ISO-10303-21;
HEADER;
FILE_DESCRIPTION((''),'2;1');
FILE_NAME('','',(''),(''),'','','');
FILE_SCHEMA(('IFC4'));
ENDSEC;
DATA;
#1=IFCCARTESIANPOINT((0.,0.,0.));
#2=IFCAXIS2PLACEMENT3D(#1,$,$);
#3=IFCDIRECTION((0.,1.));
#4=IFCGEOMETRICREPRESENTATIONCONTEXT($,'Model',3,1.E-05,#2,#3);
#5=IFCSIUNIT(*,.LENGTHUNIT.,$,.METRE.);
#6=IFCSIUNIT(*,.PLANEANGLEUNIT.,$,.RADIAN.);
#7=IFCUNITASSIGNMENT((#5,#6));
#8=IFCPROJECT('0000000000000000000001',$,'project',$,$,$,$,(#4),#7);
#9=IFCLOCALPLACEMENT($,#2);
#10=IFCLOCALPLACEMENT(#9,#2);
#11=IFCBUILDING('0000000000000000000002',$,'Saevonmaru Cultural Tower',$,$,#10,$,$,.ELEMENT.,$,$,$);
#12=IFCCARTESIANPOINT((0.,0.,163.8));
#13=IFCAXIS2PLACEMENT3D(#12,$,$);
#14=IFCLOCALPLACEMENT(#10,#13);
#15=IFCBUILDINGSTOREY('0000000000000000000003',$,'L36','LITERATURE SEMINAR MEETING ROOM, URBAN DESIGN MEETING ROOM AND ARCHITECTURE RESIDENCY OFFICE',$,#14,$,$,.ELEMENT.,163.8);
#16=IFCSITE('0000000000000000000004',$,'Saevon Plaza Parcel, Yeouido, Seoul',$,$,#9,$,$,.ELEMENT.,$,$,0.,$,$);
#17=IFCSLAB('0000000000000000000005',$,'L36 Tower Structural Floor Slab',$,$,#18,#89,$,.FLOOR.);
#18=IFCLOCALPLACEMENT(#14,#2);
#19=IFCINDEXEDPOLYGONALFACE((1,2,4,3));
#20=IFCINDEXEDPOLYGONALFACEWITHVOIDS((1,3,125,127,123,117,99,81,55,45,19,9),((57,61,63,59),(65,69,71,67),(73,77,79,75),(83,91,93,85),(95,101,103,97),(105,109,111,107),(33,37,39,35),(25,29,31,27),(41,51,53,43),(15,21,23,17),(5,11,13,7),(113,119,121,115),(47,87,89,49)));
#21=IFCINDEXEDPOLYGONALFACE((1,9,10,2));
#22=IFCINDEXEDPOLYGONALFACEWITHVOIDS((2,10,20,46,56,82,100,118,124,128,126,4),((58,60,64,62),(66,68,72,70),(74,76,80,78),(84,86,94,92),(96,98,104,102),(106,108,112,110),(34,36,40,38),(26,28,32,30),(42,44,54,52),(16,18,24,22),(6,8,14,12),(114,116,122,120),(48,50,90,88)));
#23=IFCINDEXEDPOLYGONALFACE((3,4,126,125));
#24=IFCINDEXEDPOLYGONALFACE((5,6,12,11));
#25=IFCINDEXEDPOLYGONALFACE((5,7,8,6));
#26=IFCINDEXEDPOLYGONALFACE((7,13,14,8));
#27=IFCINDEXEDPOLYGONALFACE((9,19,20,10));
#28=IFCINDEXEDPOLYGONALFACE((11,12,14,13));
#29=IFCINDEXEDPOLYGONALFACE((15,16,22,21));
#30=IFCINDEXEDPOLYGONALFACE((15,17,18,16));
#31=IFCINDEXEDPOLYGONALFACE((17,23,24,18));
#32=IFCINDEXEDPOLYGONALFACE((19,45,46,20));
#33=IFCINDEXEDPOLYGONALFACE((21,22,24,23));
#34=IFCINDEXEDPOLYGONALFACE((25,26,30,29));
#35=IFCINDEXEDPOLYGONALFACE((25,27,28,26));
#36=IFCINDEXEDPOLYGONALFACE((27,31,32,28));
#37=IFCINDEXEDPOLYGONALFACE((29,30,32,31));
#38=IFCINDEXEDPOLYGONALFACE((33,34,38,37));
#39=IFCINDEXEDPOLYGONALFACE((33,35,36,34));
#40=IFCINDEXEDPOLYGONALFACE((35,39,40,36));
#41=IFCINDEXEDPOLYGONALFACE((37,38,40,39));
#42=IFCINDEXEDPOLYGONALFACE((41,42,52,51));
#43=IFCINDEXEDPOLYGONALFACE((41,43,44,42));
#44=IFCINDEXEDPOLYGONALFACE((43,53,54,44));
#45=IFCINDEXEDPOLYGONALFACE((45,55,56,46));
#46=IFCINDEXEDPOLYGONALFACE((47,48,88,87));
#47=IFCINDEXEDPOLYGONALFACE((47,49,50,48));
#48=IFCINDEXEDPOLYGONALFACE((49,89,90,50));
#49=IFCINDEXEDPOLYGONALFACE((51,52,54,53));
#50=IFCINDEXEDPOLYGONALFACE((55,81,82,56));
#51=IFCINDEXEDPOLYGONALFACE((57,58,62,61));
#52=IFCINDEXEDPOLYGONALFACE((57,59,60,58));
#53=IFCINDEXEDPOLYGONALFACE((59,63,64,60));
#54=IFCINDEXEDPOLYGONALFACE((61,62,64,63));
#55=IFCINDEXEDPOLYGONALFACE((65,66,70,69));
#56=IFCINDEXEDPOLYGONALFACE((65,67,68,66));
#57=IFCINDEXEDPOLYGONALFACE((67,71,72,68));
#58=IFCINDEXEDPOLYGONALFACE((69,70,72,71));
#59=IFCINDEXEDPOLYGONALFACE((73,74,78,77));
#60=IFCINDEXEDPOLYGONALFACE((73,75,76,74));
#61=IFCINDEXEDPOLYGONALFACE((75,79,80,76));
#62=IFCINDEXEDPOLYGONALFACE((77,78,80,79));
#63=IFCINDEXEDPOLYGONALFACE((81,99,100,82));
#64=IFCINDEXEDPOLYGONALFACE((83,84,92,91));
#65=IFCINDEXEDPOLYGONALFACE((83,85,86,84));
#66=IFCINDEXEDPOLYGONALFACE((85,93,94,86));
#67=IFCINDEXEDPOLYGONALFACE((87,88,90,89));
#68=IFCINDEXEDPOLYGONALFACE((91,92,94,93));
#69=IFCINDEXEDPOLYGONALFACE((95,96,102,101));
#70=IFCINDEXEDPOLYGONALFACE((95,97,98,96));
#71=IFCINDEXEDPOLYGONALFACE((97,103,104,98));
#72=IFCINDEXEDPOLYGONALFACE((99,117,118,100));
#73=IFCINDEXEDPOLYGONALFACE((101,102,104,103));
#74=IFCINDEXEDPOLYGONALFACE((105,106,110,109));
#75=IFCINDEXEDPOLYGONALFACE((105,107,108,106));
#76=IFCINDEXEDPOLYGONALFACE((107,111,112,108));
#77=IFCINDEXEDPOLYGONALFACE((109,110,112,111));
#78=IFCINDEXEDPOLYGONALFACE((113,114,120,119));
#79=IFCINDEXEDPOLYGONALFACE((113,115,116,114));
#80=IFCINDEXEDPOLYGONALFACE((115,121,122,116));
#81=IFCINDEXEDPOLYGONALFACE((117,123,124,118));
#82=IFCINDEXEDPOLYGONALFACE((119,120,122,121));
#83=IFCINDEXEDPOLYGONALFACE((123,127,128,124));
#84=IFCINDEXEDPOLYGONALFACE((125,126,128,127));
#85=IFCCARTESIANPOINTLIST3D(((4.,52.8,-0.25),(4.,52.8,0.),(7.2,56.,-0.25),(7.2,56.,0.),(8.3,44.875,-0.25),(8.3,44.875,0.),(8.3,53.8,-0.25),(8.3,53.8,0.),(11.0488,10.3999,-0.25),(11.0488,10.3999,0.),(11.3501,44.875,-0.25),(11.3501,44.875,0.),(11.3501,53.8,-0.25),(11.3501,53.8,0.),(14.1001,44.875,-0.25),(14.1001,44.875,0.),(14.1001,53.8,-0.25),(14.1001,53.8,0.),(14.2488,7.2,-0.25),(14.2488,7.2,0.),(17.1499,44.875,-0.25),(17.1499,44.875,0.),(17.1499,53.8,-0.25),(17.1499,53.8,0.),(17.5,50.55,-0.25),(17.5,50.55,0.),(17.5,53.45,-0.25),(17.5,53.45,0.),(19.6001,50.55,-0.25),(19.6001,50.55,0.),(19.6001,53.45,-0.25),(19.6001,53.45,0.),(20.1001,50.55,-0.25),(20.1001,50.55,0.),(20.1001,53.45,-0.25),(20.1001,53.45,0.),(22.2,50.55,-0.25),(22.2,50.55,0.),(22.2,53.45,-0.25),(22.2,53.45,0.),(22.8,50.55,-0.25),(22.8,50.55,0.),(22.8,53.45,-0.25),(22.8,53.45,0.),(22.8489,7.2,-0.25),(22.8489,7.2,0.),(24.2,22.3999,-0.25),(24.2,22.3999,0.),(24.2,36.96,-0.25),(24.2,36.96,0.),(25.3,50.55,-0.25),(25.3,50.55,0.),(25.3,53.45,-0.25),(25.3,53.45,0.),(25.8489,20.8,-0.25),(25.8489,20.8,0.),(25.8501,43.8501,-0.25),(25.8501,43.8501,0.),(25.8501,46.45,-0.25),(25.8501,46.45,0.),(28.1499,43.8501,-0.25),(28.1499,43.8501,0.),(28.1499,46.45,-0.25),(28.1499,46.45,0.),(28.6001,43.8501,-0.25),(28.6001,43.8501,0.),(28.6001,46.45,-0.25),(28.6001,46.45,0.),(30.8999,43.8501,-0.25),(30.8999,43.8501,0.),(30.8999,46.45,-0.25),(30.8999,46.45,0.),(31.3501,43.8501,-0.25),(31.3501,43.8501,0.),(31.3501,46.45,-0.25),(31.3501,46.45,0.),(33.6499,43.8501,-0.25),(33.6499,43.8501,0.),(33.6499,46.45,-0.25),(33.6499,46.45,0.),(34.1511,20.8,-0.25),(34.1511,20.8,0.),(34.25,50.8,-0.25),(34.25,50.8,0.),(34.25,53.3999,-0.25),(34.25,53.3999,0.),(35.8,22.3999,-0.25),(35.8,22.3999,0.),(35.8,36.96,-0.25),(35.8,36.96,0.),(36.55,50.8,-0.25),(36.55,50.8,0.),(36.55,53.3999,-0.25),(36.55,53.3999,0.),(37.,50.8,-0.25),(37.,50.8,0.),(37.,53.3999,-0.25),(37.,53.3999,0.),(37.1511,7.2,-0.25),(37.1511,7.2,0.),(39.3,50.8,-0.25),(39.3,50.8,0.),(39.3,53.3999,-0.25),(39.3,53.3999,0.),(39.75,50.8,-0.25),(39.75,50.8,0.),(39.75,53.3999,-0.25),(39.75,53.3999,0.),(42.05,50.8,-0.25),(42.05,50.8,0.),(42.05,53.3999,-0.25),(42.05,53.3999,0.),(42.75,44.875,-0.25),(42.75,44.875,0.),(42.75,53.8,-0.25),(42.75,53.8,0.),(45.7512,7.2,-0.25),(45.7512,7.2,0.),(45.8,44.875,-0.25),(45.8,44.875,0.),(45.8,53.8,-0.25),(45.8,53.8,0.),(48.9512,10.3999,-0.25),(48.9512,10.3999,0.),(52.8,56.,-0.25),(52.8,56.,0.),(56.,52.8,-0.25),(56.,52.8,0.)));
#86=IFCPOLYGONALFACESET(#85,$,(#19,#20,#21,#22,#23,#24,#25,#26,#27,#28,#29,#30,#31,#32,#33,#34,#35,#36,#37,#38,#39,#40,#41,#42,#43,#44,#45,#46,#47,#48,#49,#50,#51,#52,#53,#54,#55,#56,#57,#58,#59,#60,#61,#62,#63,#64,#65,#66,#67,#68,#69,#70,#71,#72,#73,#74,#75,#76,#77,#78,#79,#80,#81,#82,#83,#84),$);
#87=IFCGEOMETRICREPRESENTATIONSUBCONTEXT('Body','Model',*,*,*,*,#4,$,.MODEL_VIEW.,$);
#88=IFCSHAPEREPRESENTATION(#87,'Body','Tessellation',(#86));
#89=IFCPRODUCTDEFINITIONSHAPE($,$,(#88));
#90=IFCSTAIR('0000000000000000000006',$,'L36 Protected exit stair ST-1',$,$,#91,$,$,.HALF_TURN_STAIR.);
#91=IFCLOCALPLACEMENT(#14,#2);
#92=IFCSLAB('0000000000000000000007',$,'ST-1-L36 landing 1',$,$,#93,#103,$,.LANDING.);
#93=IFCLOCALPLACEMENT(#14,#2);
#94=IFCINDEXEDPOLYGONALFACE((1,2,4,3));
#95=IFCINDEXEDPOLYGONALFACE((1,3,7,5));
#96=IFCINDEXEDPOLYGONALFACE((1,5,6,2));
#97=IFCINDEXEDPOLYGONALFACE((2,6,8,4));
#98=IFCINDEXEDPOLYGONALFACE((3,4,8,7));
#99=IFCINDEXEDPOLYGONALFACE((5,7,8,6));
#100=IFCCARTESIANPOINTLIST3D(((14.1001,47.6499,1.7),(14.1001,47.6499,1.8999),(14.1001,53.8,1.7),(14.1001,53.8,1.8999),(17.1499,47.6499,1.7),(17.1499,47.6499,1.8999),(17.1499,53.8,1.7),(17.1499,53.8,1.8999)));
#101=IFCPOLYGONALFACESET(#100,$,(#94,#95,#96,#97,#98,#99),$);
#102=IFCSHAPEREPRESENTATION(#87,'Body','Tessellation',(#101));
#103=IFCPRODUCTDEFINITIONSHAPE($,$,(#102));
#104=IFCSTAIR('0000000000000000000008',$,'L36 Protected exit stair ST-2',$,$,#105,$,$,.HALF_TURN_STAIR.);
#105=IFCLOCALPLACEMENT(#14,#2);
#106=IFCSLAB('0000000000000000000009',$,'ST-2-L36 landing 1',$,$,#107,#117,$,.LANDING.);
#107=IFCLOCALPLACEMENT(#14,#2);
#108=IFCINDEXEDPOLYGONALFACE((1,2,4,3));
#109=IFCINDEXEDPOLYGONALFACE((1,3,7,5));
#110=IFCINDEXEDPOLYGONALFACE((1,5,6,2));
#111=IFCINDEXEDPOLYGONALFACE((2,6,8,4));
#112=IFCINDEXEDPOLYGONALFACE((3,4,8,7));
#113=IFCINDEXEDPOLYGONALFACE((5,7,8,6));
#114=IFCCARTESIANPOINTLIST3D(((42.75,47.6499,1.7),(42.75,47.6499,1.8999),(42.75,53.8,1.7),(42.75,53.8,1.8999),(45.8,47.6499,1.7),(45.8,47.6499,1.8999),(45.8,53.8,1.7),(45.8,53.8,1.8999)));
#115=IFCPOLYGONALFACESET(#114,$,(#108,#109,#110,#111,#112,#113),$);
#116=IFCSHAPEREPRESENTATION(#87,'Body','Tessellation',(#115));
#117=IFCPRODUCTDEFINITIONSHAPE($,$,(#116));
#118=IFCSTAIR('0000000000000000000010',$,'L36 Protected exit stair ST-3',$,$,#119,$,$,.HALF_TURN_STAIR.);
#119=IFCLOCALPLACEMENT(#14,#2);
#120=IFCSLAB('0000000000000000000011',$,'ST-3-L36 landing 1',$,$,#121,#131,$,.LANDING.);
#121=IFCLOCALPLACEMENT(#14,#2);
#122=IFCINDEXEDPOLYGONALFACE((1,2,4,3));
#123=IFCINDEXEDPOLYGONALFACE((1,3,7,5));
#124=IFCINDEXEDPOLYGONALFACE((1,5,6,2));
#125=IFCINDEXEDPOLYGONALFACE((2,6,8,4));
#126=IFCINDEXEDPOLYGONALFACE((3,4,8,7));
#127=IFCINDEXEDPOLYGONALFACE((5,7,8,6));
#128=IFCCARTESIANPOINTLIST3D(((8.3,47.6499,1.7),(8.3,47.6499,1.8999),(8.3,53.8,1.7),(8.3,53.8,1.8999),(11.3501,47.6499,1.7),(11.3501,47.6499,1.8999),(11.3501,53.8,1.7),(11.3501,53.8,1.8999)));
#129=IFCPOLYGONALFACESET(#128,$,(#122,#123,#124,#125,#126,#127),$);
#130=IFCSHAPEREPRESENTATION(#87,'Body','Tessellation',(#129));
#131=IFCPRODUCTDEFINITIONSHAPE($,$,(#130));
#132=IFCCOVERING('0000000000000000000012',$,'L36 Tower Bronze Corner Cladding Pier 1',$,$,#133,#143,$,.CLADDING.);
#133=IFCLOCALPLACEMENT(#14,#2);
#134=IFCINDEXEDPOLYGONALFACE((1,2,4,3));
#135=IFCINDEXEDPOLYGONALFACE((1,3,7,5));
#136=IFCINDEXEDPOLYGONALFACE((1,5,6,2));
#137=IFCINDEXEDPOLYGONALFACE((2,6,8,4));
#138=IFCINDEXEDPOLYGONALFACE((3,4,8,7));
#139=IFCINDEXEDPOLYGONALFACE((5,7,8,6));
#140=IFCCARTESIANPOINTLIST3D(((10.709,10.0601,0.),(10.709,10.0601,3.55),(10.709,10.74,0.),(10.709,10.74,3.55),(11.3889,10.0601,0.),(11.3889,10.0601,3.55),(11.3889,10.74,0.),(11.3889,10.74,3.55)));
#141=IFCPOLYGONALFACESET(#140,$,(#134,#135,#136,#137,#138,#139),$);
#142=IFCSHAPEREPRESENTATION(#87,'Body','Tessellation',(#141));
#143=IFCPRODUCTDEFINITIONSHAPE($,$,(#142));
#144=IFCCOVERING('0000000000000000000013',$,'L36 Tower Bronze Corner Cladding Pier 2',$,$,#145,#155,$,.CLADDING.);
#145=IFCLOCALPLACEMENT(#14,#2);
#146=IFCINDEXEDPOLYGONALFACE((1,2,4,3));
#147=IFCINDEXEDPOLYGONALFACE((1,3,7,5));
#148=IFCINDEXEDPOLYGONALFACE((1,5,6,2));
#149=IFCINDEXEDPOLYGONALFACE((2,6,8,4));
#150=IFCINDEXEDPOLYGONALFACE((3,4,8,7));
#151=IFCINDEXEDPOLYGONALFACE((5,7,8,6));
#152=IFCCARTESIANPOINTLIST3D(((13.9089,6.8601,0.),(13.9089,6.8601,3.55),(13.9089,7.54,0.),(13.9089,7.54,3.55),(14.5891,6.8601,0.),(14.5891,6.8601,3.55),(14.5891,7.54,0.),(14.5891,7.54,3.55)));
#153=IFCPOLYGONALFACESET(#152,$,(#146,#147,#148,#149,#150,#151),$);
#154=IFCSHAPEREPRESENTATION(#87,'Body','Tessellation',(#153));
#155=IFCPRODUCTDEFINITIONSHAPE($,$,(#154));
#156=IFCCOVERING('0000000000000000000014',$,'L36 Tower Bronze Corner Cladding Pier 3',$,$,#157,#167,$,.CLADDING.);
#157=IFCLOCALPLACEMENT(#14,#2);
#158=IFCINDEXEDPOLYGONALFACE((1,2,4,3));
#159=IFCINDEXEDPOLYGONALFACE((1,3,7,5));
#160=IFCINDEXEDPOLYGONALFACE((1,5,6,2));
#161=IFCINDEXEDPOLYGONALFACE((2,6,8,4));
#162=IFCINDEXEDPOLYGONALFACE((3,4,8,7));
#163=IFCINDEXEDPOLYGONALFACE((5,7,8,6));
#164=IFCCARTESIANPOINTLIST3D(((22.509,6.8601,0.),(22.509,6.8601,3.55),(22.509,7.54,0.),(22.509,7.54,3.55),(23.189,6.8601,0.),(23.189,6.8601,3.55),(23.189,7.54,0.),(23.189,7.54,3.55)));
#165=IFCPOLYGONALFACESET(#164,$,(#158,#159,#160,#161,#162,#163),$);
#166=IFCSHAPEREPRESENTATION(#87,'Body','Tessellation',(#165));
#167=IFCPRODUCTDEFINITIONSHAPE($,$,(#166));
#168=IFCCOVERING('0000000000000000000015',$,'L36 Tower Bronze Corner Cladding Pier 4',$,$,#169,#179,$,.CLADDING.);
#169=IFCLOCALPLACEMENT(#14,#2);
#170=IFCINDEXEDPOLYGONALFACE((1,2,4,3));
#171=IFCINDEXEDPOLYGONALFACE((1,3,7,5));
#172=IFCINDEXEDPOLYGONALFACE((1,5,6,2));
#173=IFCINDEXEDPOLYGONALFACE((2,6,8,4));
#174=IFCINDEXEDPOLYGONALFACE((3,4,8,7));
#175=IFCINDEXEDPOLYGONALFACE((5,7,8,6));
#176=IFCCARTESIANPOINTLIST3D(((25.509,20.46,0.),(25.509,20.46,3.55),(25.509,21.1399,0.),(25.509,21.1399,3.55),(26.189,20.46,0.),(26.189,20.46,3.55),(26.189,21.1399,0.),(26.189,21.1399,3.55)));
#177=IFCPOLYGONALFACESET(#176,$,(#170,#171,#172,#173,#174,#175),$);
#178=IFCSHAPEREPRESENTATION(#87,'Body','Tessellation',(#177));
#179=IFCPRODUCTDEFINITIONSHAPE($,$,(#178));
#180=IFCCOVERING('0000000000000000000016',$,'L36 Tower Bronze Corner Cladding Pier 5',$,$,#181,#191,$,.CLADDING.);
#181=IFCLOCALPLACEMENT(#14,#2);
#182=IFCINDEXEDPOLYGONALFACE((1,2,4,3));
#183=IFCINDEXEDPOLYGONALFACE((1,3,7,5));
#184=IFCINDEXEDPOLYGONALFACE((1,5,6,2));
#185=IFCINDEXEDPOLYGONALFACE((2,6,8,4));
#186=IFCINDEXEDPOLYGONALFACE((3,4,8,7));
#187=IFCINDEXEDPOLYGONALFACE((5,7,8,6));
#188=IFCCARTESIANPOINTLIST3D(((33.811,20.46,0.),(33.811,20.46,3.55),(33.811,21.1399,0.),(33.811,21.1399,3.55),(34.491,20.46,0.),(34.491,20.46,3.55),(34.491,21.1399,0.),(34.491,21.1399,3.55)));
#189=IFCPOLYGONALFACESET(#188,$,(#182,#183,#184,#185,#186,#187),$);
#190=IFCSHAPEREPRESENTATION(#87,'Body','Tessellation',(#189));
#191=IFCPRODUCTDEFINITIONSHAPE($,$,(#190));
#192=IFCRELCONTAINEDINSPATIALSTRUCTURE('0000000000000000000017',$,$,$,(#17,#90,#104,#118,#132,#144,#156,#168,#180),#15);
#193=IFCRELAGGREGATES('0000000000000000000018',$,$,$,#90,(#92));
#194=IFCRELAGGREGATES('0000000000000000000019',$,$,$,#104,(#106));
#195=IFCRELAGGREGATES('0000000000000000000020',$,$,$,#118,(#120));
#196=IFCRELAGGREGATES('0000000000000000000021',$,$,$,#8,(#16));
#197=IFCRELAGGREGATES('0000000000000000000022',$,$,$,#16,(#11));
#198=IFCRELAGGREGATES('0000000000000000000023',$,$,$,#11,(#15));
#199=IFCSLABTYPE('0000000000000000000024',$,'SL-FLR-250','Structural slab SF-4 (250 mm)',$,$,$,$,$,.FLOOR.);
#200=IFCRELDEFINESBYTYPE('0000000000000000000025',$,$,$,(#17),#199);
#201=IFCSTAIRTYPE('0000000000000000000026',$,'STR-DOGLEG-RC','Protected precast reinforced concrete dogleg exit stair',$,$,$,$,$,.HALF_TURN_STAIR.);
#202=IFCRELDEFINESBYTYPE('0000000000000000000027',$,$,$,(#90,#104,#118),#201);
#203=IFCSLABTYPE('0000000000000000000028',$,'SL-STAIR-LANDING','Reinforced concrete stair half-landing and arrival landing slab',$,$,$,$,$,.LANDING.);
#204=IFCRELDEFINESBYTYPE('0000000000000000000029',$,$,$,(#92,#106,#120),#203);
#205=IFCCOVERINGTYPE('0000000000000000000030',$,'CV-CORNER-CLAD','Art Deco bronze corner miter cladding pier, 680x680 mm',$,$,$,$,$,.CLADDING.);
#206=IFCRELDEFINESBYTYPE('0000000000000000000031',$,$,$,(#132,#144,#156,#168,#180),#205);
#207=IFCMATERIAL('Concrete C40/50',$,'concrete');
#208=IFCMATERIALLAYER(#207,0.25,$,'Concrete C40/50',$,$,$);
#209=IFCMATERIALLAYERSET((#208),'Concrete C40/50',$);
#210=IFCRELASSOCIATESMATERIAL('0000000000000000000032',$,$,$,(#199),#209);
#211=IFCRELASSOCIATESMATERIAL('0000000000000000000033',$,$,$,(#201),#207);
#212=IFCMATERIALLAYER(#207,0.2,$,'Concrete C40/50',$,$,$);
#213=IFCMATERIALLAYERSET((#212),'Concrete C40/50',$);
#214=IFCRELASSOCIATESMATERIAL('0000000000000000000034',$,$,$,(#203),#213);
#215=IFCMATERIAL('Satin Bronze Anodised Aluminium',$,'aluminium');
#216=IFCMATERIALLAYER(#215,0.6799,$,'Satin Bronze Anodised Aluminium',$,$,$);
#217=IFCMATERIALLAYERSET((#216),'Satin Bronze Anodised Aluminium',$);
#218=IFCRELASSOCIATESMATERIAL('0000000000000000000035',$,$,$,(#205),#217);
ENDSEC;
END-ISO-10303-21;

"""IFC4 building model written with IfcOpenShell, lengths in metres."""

from ifc_helpers import new_model, si_unit, direction, frame, origin, place, context, subcontext, project, spatial, polyline, outline, extrude, material, layer, layer_set, type_object, element, aggregate, save


model = new_model("IFC4")

# Units and contexts
model_context = context("Model", 3, precision=1e-05, world=origin(), true_north=direction((0.0, 1.0)))
body_context = subcontext(model_context, "Body", "Model", "MODEL_VIEW")
ifc_project = project(units=[si_unit("LENGTHUNIT", "METRE"), si_unit("PLANEANGLEUNIT", "RADIAN")], contexts=[model_context])

# Site, building, storey
site_placement = place(None, origin())
site = spatial("IfcSite", under=ifc_project, at=site_placement, Name="Saevon Plaza Parcel, Yeouido, Seoul", CompositionType="ELEMENT", RefElevation=0.0)
building_placement = place(site_placement, origin())
building = spatial("IfcBuilding", under=site, at=building_placement, Name="Saevonmaru Cultural Tower", CompositionType="ELEMENT")
storey_placement = place(building_placement, frame((0.0, 0.0, 163.8)))
storey = spatial("IfcBuildingStorey", under=building, at=storey_placement, Name="L36", Description="LITERATURE SEMINAR MEETING ROOM, URBAN DESIGN MEETING ROOM AND ARCHITECTURE RESIDENCY OFFICE", CompositionType="ELEMENT", Elevation=163.8)

# Shared definitions
ifc_material_1 = material(Name="Satin Bronze Anodised Aluminium", Category="aluminium")

# Slab
ifc_material_2 = material(Name="Concrete C40/50", Category="concrete")
ifc_layer_1 = layer(ifc_material_2, 0.25, Name="Concrete C40/50")
ifc_layer_set_1 = layer_set([ifc_layer_1], Name="Concrete C40/50")
slab_type_1 = type_object("IfcSlabType", Name="SL-FLR-250", Description="Structural slab SF-4 (250 mm)", PredefinedType="FLOOR", material=ifc_layer_set_1)
slab_1_placement = place(storey_placement, frame((0.0, 0.0, -0.25)))
element("IfcSlab", 1, at=slab_1_placement, inside=storey, type_object=slab_type_1, Name="L36 Tower Structural Floor Slab", PredefinedType="FLOOR", context=body_context, shape_type="SweptSolid", body=[
    extrude(outline(polyline([(11.0488, 10.3999), (14.2488, 7.2), (22.8489, 7.2), (25.8489, 20.8), (34.1511, 20.8), (37.1511, 7.2), (45.7512, 7.2), (48.9512, 10.3999), (56.0, 52.8), (52.8, 56.0), (7.2, 56.0), (4.0, 52.8), (11.0488, 10.3999)]), holes=[polyline([(45.8, 44.875), (42.75, 44.875), (42.75, 53.8), (45.8, 53.8), (45.8, 44.875)]), polyline([(39.75, 50.8), (39.75, 53.3999), (42.05, 53.3999), (42.05, 50.8), (39.75, 50.8)]), polyline([(37.0, 50.8), (37.0, 53.3999), (39.3, 53.3999), (39.3, 50.8), (37.0, 50.8)]), polyline([(34.25, 50.8), (34.25, 53.3999), (36.55, 53.3999), (36.55, 50.8), (34.25, 50.8)]), polyline([(24.2, 22.3999), (24.2, 36.96), (35.8, 36.96), (35.8, 22.3999), (24.2, 22.3999)]), polyline([(31.3501, 43.8501), (31.3501, 46.45), (33.6499, 46.45), (33.6499, 43.8501), (31.3501, 43.8501)]), polyline([(28.6001, 43.8501), (28.6001, 46.45), (30.8999, 46.45), (30.8999, 43.8501), (28.6001, 43.8501)]), polyline([(28.1499, 43.8501), (25.8501, 43.8501), (25.8501, 46.45), (28.1499, 46.45), (28.1499, 43.8501)]), polyline([(25.3, 50.55), (22.8, 50.55), (22.8, 53.45), (25.3, 53.45), (25.3, 50.55)]), polyline([(20.1001, 50.55), (20.1001, 53.45), (22.2, 53.45), (22.2, 50.55), (20.1001, 50.55)]), polyline([(17.5, 50.55), (17.5, 53.45), (19.6001, 53.45), (19.6001, 50.55), (17.5, 50.55)]), polyline([(17.1499, 53.8), (17.1499, 44.875), (14.1001, 44.875), (14.1001, 53.8), (17.1499, 53.8)]), polyline([(11.3501, 44.875), (8.3, 44.875), (8.3, 53.8), (11.3501, 53.8), (11.3501, 44.875)])]), origin(), (0.0, 0.0, 1.0), 0.25),
])

# Stairs, slabs
stair_type = type_object("IfcStairType", Name="STR-DOGLEG-RC", Description="Protected precast reinforced concrete dogleg exit stair", PredefinedType="HALF_TURN_STAIR", material=ifc_material_2)
stair_1_placement = place(storey_placement, origin())
stair_1 = element("IfcStair", 2, at=stair_1_placement, inside=storey, type_object=stair_type, Name="L36 Protected exit stair ST-1", PredefinedType="HALF_TURN_STAIR")
ifc_layer_2 = layer(ifc_material_2, 0.2, Name="Concrete C40/50")
ifc_layer_set_2 = layer_set([ifc_layer_2], Name="Concrete C40/50")
slab_type_2 = type_object("IfcSlabType", Name="SL-STAIR-LANDING", Description="Reinforced concrete stair half-landing and arrival landing slab", PredefinedType="LANDING", material=ifc_layer_set_2)
slab_2_placement = place(storey_placement, frame((0.0, 0.0, 1.7)))
slab_2 = element("IfcSlab", 3, at=slab_2_placement, type_object=slab_type_2, Name="ST-1-L36 landing 1", PredefinedType="LANDING", context=body_context, shape_type="SweptSolid", body=[
    extrude(outline(polyline([(17.1499, 47.6499), (17.1499, 53.8), (14.1001, 53.8), (14.1001, 47.6499), (17.1499, 47.6499)])), origin(), (0.0, 0.0, 1.0), 0.2),
])
aggregate(stair_1, [slab_2])
stair_2_placement = place(storey_placement, origin())
stair_2 = element("IfcStair", 4, at=stair_2_placement, inside=storey, type_object=stair_type, Name="L36 Protected exit stair ST-2", PredefinedType="HALF_TURN_STAIR")
slab_3_placement = place(storey_placement, frame((0.0, 0.0, 1.7)))
slab_3 = element("IfcSlab", 5, at=slab_3_placement, type_object=slab_type_2, Name="ST-2-L36 landing 1", PredefinedType="LANDING", context=body_context, shape_type="SweptSolid", body=[
    extrude(outline(polyline([(45.8, 47.6499), (45.8, 53.8), (42.75, 53.8), (42.75, 47.6499), (45.8, 47.6499)])), origin(), (0.0, 0.0, 1.0), 0.2),
])
aggregate(stair_2, [slab_3])
stair_3_placement = place(storey_placement, origin())
stair_3 = element("IfcStair", 6, at=stair_3_placement, inside=storey, type_object=stair_type, Name="L36 Protected exit stair ST-3", PredefinedType="HALF_TURN_STAIR")
slab_4_placement = place(storey_placement, frame((0.0, 0.0, 1.7)))
slab_4 = element("IfcSlab", 7, at=slab_4_placement, type_object=slab_type_2, Name="ST-3-L36 landing 1", PredefinedType="LANDING", context=body_context, shape_type="SweptSolid", body=[
    extrude(outline(polyline([(11.3501, 47.6499), (11.3501, 53.8), (8.3, 53.8), (8.3, 47.6499), (11.3501, 47.6499)])), origin(), (0.0, 0.0, 1.0), 0.2),
])
aggregate(stair_3, [slab_4])

# Coverings
ifc_layer_3 = layer(ifc_material_1, 0.6799, Name="Satin Bronze Anodised Aluminium")
ifc_layer_set_3 = layer_set([ifc_layer_3], Name="Satin Bronze Anodised Aluminium")
covering_type = type_object("IfcCoveringType", Name="CV-CORNER-CLAD", Description="Art Deco bronze corner miter cladding pier, 680x680 mm", PredefinedType="CLADDING", material=ifc_layer_set_3)
covering_1_placement = place(storey_placement, origin())
element("IfcCovering", 8, at=covering_1_placement, inside=storey, type_object=covering_type, Name="L36 Tower Bronze Corner Cladding Pier 1", PredefinedType="CLADDING", context=body_context, shape_type="SweptSolid", body=[
    extrude(outline(polyline([(10.709, 10.0601), (11.3889, 10.0601), (11.3889, 10.74), (10.709, 10.74), (10.709, 10.0601)])), origin(), (0.0, 0.0, 1.0), 3.55),
])
covering_2_placement = place(storey_placement, origin())
element("IfcCovering", 9, at=covering_2_placement, inside=storey, type_object=covering_type, Name="L36 Tower Bronze Corner Cladding Pier 2", PredefinedType="CLADDING", context=body_context, shape_type="SweptSolid", body=[
    extrude(outline(polyline([(13.9089, 6.8601), (14.5891, 6.8601), (14.5891, 7.54), (13.9089, 7.54), (13.9089, 6.8601)])), origin(), (0.0, 0.0, 1.0), 3.55),
])
covering_3_placement = place(storey_placement, origin())
element("IfcCovering", 10, at=covering_3_placement, inside=storey, type_object=covering_type, Name="L36 Tower Bronze Corner Cladding Pier 3", PredefinedType="CLADDING", context=body_context, shape_type="SweptSolid", body=[
    extrude(outline(polyline([(22.509, 6.8601), (23.189, 6.8601), (23.189, 7.54), (22.509, 7.54), (22.509, 6.8601)])), origin(), (0.0, 0.0, 1.0), 3.55),
])
covering_4_placement = place(storey_placement, origin())
element("IfcCovering", 11, at=covering_4_placement, inside=storey, type_object=covering_type, Name="L36 Tower Bronze Corner Cladding Pier 4", PredefinedType="CLADDING", context=body_context, shape_type="SweptSolid", body=[
    extrude(outline(polyline([(25.509, 20.46), (26.189, 20.46), (26.189, 21.1399), (25.509, 21.1399), (25.509, 20.46)])), origin(), (0.0, 0.0, 1.0), 3.55),
])
covering_5_placement = place(storey_placement, origin())
element("IfcCovering", 12, at=covering_5_placement, inside=storey, type_object=covering_type, Name="L36 Tower Bronze Corner Cladding Pier 5", PredefinedType="CLADDING", context=body_context, shape_type="SweptSolid", body=[
    extrude(outline(polyline([(33.811, 20.46), (34.491, 20.46), (34.491, 21.1399), (33.811, 21.1399), (33.811, 20.46)])), origin(), (0.0, 0.0, 1.0), 3.55),
])

save(model, "model.ifc")
